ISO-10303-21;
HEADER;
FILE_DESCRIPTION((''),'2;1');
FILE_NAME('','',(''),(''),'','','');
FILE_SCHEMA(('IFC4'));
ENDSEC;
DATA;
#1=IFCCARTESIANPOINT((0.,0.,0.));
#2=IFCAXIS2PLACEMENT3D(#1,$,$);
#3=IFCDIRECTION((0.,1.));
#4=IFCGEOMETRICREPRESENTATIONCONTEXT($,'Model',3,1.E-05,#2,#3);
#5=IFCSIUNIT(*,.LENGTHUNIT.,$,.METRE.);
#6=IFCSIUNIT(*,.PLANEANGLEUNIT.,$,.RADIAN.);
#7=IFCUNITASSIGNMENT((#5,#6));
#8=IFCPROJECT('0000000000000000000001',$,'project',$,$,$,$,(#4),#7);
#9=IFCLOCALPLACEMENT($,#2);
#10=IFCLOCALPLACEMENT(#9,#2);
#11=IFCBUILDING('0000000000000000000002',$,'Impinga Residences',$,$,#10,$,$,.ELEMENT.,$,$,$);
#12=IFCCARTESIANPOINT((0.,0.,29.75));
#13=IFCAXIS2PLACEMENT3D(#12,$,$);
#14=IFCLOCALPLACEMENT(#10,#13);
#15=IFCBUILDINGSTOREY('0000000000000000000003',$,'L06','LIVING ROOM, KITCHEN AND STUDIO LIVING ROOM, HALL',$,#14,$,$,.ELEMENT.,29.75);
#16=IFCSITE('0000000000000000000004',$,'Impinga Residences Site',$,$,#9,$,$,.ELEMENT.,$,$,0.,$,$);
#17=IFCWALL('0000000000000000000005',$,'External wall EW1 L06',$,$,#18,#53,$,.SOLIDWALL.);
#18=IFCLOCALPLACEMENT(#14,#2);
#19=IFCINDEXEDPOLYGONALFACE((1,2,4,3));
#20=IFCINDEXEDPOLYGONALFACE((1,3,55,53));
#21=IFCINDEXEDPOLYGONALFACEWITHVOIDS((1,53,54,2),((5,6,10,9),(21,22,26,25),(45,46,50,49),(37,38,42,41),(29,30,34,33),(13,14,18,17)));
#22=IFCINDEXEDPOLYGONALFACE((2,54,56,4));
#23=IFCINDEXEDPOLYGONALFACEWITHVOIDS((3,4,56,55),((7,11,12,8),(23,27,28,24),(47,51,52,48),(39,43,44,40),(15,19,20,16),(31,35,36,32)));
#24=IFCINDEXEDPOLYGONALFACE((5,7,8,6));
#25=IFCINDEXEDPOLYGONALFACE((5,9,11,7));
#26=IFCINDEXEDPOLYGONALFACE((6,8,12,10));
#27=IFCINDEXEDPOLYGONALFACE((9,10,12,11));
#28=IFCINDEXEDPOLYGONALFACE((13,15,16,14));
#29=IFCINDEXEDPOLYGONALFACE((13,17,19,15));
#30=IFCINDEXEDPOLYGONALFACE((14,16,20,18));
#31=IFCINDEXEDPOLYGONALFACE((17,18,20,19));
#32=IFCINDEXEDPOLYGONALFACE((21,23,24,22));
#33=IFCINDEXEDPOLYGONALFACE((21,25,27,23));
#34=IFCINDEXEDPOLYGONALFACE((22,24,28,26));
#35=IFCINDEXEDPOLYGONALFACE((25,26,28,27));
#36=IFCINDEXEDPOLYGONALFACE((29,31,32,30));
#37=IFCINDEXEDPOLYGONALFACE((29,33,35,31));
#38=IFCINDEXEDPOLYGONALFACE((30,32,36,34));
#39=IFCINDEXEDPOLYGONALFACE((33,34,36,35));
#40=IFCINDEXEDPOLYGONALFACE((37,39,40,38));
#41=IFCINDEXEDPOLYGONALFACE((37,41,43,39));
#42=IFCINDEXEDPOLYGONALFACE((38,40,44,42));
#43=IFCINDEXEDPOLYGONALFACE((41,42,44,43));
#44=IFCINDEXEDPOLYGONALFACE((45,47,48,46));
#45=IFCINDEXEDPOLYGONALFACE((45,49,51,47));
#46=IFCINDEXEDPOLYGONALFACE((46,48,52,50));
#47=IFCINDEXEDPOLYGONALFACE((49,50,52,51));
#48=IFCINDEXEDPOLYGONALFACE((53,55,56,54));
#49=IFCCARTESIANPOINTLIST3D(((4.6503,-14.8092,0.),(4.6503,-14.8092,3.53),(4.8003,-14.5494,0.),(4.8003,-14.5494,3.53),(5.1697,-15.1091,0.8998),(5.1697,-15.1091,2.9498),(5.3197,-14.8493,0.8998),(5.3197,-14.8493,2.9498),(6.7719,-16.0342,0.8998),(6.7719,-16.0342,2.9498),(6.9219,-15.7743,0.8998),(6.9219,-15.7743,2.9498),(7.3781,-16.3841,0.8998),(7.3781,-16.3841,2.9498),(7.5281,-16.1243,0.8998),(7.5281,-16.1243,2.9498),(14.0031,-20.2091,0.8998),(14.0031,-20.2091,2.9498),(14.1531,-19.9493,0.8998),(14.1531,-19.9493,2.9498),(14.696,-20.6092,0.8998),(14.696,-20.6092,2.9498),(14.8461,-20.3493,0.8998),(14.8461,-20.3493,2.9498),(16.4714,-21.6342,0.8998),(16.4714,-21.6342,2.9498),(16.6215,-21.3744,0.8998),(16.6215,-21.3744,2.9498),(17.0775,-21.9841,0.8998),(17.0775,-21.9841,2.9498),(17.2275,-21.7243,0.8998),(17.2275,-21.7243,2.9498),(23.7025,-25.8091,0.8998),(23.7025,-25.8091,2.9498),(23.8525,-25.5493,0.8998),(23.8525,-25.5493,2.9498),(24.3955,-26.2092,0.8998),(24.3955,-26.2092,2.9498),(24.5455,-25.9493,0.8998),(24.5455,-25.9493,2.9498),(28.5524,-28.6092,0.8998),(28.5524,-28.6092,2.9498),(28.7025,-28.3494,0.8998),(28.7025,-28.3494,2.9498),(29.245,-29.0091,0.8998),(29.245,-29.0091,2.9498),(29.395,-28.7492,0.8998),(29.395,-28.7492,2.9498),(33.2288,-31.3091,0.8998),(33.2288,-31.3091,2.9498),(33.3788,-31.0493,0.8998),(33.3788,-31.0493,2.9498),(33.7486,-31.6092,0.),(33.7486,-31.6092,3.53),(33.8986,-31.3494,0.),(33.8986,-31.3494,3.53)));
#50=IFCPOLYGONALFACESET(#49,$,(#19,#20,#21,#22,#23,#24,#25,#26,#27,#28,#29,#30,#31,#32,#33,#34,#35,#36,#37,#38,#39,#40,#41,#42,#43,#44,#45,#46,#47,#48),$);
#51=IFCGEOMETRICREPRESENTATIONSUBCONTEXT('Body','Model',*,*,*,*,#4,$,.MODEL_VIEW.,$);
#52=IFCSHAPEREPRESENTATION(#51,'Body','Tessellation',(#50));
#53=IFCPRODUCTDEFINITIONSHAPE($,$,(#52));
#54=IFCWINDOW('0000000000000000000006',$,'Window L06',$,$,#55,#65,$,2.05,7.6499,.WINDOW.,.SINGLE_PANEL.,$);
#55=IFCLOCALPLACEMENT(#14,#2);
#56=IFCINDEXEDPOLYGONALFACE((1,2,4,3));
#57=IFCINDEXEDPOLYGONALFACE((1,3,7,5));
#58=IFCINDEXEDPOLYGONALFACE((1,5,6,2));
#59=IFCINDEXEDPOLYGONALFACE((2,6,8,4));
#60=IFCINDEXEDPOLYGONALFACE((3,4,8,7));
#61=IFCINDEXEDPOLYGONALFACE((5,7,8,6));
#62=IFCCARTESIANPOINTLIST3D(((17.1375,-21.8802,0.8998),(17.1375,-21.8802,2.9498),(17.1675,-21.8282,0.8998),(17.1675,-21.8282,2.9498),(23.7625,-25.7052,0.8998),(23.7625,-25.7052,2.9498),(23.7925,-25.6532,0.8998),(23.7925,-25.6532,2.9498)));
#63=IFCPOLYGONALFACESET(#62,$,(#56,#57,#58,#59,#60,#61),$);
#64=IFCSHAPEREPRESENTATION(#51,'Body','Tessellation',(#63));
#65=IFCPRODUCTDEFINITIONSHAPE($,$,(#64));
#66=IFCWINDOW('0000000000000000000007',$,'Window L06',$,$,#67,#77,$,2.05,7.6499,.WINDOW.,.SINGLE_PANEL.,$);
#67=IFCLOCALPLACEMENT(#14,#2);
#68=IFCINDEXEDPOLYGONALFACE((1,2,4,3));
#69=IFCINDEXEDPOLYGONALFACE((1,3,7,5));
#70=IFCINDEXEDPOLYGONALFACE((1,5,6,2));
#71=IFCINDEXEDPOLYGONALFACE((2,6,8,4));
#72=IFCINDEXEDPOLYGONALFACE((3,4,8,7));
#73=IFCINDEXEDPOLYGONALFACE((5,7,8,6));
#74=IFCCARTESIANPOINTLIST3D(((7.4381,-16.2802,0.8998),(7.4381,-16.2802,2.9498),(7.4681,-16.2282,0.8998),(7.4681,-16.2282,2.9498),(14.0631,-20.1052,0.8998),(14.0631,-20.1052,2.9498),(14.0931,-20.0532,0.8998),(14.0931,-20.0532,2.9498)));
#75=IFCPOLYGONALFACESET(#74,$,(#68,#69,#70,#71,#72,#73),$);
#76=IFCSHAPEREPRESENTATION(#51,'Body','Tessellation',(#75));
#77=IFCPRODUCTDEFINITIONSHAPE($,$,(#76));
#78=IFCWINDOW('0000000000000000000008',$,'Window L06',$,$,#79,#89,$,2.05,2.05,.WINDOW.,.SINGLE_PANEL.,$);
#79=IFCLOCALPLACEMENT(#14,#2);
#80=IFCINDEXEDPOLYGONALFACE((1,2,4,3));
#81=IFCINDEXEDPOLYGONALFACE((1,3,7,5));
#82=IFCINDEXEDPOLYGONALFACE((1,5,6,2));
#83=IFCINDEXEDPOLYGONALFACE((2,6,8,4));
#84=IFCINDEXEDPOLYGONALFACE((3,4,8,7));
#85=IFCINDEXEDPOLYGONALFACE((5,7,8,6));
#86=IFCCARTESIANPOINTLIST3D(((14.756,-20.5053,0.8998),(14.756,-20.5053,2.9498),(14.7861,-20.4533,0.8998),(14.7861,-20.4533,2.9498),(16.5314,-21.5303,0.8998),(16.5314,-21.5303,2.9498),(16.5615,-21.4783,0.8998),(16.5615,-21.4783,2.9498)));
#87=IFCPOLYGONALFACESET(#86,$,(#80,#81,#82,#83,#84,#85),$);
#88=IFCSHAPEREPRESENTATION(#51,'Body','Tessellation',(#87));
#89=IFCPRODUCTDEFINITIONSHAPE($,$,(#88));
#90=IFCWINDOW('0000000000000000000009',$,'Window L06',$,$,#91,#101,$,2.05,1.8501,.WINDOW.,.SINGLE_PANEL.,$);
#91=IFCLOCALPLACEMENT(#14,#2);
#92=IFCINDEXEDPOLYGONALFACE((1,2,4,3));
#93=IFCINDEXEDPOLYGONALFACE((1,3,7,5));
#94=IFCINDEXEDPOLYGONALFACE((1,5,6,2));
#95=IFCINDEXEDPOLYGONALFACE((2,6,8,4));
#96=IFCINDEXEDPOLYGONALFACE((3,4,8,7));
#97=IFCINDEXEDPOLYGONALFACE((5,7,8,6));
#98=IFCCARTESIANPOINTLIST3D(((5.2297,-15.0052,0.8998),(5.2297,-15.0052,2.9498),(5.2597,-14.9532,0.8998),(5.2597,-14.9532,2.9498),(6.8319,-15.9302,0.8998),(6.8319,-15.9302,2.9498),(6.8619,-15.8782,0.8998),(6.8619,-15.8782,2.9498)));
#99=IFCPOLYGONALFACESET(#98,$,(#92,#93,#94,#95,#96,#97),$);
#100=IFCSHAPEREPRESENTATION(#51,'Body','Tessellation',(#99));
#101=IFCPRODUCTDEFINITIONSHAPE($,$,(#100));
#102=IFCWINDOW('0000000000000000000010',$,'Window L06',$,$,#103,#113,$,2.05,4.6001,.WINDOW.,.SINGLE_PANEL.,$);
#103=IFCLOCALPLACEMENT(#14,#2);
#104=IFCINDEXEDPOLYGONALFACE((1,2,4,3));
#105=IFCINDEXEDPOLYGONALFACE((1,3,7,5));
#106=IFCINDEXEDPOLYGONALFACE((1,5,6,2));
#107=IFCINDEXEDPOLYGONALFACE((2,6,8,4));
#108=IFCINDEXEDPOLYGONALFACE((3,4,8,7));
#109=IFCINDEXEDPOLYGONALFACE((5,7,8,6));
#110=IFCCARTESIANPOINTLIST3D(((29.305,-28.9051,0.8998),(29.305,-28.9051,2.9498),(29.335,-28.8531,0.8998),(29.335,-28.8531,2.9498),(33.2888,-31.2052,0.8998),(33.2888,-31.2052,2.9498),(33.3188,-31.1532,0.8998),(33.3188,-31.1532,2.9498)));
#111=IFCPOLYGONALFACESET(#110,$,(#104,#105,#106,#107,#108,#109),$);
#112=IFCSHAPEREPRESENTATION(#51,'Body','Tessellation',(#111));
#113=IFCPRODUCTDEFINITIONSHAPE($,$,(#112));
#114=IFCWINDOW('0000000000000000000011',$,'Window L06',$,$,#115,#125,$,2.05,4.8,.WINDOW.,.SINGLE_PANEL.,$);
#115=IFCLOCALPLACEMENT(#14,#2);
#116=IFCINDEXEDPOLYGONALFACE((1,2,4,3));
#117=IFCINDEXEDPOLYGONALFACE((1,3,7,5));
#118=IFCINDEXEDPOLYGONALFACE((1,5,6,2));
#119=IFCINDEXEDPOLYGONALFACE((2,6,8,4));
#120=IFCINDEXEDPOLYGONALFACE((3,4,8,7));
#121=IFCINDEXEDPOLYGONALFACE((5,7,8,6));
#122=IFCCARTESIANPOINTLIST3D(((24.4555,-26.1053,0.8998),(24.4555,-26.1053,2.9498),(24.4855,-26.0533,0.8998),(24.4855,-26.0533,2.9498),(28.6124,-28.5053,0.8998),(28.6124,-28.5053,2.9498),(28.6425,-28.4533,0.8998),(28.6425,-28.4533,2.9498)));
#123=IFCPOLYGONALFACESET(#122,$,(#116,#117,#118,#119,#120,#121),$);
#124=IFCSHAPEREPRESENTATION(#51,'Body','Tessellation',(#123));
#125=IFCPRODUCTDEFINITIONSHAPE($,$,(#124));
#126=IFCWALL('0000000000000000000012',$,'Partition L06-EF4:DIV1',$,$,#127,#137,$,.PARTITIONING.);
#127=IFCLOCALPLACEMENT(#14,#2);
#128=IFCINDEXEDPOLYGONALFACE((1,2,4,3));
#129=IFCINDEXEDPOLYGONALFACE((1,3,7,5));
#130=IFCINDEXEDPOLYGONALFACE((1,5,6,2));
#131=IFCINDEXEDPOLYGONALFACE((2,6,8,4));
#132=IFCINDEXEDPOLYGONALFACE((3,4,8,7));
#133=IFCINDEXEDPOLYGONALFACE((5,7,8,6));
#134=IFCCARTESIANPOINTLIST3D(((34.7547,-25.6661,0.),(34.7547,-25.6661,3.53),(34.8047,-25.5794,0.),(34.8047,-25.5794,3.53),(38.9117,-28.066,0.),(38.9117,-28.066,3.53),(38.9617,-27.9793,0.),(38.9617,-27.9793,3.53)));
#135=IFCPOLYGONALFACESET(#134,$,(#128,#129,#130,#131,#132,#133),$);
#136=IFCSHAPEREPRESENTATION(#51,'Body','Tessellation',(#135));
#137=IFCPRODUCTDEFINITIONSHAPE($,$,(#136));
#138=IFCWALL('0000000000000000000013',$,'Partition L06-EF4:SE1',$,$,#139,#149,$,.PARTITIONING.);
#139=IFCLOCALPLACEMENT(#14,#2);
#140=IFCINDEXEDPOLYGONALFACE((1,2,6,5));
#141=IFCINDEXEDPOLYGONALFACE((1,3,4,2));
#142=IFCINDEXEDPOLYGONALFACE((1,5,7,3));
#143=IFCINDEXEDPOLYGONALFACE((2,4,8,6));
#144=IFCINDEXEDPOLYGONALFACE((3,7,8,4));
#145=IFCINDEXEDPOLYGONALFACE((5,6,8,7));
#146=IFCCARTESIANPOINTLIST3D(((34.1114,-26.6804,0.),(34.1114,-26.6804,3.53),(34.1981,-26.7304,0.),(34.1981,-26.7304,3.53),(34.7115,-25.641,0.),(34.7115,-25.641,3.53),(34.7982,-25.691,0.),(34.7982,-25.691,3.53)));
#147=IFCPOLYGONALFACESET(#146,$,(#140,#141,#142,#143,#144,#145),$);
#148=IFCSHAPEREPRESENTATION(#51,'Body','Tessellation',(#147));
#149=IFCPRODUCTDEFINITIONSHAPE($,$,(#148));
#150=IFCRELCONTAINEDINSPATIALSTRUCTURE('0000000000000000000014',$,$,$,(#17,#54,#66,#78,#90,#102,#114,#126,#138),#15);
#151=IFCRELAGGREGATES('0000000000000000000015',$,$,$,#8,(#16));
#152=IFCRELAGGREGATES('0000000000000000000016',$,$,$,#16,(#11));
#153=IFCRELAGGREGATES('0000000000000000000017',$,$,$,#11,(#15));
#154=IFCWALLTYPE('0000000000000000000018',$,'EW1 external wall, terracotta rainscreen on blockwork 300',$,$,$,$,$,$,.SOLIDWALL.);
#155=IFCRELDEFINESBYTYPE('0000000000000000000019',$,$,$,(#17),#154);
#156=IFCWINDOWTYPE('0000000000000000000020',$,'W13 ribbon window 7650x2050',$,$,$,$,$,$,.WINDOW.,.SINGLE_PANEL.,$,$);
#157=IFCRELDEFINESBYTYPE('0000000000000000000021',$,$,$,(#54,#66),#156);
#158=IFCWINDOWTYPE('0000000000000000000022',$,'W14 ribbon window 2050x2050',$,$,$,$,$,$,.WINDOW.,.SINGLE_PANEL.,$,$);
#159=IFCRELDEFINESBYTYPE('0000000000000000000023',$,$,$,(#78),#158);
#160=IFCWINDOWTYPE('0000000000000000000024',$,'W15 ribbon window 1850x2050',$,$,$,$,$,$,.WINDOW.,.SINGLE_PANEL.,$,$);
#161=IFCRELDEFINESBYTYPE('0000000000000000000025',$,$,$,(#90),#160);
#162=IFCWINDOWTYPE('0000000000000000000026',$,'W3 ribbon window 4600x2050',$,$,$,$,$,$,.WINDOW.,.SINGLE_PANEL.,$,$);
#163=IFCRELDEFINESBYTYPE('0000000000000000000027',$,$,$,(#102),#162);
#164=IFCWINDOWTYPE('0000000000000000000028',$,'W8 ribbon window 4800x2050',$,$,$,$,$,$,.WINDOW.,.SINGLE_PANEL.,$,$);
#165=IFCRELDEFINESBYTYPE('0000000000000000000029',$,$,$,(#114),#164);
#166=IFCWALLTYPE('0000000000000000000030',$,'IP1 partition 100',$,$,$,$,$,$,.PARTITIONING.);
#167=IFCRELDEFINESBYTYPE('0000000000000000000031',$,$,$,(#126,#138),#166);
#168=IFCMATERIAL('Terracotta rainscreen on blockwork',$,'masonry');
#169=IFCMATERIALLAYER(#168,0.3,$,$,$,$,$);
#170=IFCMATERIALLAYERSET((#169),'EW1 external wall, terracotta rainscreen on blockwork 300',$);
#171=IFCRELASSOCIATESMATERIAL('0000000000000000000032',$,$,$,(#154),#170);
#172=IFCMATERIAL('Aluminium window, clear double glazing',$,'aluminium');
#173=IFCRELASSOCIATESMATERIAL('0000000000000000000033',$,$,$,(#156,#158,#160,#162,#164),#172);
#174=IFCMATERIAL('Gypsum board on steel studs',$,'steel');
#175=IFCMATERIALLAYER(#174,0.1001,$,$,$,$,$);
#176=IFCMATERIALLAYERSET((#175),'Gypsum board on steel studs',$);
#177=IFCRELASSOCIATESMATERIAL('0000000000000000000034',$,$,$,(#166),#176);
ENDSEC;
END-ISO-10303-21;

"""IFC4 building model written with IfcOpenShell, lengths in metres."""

from ifc_helpers import new_model, si_unit, direction, frame, frame_2d, origin, place, context, subcontext, project, spatial, rectangle, extrude, material, layer, layer_set, type_object, element, fill, save


model = new_model("IFC4")

# Units and contexts
model_context = context("Model", 3, precision=1e-05, world=origin(), true_north=direction((0.0, 1.0)))
body_context = subcontext(model_context, "Body", "Model", "MODEL_VIEW")
ifc_project = project(units=[si_unit("LENGTHUNIT", "METRE"), si_unit("PLANEANGLEUNIT", "RADIAN")], contexts=[model_context])

# Site, building, storey
site_placement = place(None, origin())
site = spatial("IfcSite", under=ifc_project, at=site_placement, Name="Impinga Residences Site", CompositionType="ELEMENT", RefElevation=0.0)
building_placement = place(site_placement, origin())
building = spatial("IfcBuilding", under=site, at=building_placement, Name="Impinga Residences", CompositionType="ELEMENT")
storey_placement = place(building_placement, frame((0.0, 0.0, 29.75)))
storey = spatial("IfcBuildingStorey", under=building, at=storey_placement, Name="L06", Description="LIVING ROOM, KITCHEN AND STUDIO LIVING ROOM, HALL", CompositionType="ELEMENT", Elevation=29.75)

# Shared definitions
ifc_material_1 = material(Name="Terracotta rainscreen on blockwork", Category="masonry")
ifc_layer_1 = layer(ifc_material_1, 0.3)
ifc_layer_set_1 = layer_set([ifc_layer_1], Name="EW1 external wall, terracotta rainscreen on blockwork 300")
wall_type_1 = type_object("IfcWallType", Name="EW1 external wall, terracotta rainscreen on blockwork 300", PredefinedType="SOLIDWALL", material=ifc_layer_set_1)

# Wall, openings, windows
wall_1_placement = place(storey_placement, frame((33.8235, -31.4792, 0.0), z_axis=(0.0, 0.0, 1.0), x_axis=(-0.866024, 0.500002, 0.0)))
wall_1 = element("IfcWall", 1, at=wall_1_placement, inside=storey, type_object=wall_type_1, Name="External wall EW1 L06", PredefinedType="SOLIDWALL", context=body_context, shape_type="SweptSolid", body=[
    extrude(rectangle(XDim=33.5999, YDim=0.3, at=frame_2d((16.7998, 0.0))), origin(), (0.0, 0.0, 1.0), 3.53),
])
opening_1_placement = place(wall_1_placement, frame((0.6001, 0.0, 0.8999)))
opening_1 = element("IfcOpeningElement", 2, at=opening_1_placement, cuts=wall_1, PredefinedType="OPENING", context=body_context, shape_type="SweptSolid", body=[
    extrude(rectangle(XDim=4.6001, YDim=2.05, at=frame_2d((2.3, 1.0249))), frame((0.0, 0.1599, 0.0), z_axis=(0.0, -1.0, 0.0), x_axis=(1.0, 0.0, 0.0)), (0.0, 0.0, 1.0), 0.3201),
])
opening_2_placement = place(wall_1_placement, frame((6.0, 0.0, 0.8999)))
opening_2 = element("IfcOpeningElement", 3, at=opening_2_placement, cuts=wall_1, PredefinedType="OPENING", context=body_context, shape_type="SweptSolid", body=[
    extrude(rectangle(XDim=4.8, YDim=2.05, at=frame_2d((2.3999, 1.0249))), frame((0.0, 0.1599, 0.0), z_axis=(0.0, -1.0, 0.0), x_axis=(1.0, 0.0, 0.0)), (0.0, 0.0, 1.0), 0.3201),
])
opening_3_placement = place(wall_1_placement, frame((11.6001, 0.0, 0.8999)))
opening_3 = element("IfcOpeningElement", 4, at=opening_3_placement, cuts=wall_1, PredefinedType="OPENING", context=body_context, shape_type="SweptSolid", body=[
    extrude(rectangle(XDim=7.6499, YDim=2.05, at=frame_2d((3.825, 1.0249))), frame((0.0, 0.1599, 0.0), z_axis=(0.0, -1.0, 0.0), x_axis=(1.0, 0.0, 0.0)), (0.0, 0.0, 1.0), 0.3201),
])
opening_4_placement = place(wall_1_placement, frame((19.95, 0.0, 0.8999)))
opening_4 = element("IfcOpeningElement", 5, at=opening_4_placement, cuts=wall_1, PredefinedType="OPENING", context=body_context, shape_type="SweptSolid", body=[
    extrude(rectangle(XDim=2.05, YDim=2.05, at=frame_2d((1.0249, 1.0249))), frame((0.0, 0.1599, 0.0), z_axis=(0.0, -1.0, 0.0), x_axis=(1.0, 0.0, 0.0)), (0.0, 0.0, 1.0), 0.3201),
])
opening_5_placement = place(wall_1_placement, frame((22.8, 0.0, 0.8999)))
opening_5 = element("IfcOpeningElement", 6, at=opening_5_placement, cuts=wall_1, PredefinedType="OPENING", context=body_context, shape_type="SweptSolid", body=[
    extrude(rectangle(XDim=7.6499, YDim=2.05, at=frame_2d((3.825, 1.0249))), frame((0.0, 0.1599, 0.0), z_axis=(0.0, -1.0, 0.0), x_axis=(1.0, 0.0, 0.0)), (0.0, 0.0, 1.0), 0.3201),
])
opening_6_placement = place(wall_1_placement, frame((31.1499, 0.0, 0.8999)))
opening_6 = element("IfcOpeningElement", 7, at=opening_6_placement, cuts=wall_1, PredefinedType="OPENING", context=body_context, shape_type="SweptSolid", body=[
    extrude(rectangle(XDim=1.8501, YDim=2.05, at=frame_2d((0.925, 1.0249))), frame((0.0, 0.1599, 0.0), z_axis=(0.0, -1.0, 0.0), x_axis=(1.0, 0.0, 0.0)), (0.0, 0.0, 1.0), 0.3201),
])
ifc_material_2 = material(Name="Aluminium window, clear double glazing", Category="aluminium")
window_type_1 = type_object("IfcWindowType", Name="W13 ribbon window 7650x2050", PartitioningType="SINGLE_PANEL", PredefinedType="WINDOW", material=ifc_material_2)
window_1_placement = place(opening_3_placement, origin())
window_1 = element("IfcWindow", 8, at=window_1_placement, inside=storey, type_object=window_type_1, Name="Window L06", OverallHeight=2.05, OverallWidth=7.6499, PartitioningType="SINGLE_PANEL", PredefinedType="WINDOW", context=body_context, shape_type="SweptSolid", body=[
    extrude(rectangle(XDim=7.6499, YDim=2.05, at=frame_2d((3.825, 1.0249))), frame((0.0, 0.03, 0.0), z_axis=(0.0, -1.0, 0.0), x_axis=(1.0, 0.0, 0.0)), (0.0, 0.0, 1.0), 0.0601),
])
fill(opening_3, window_1)
window_2_placement = place(opening_5_placement, origin())
window_2 = element("IfcWindow", 9, at=window_2_placement, inside=storey, type_object=window_type_1, Name="Window L06", OverallHeight=2.05, OverallWidth=7.6499, PartitioningType="SINGLE_PANEL", PredefinedType="WINDOW", context=body_context, shape_type="SweptSolid", body=[
    extrude(rectangle(XDim=7.6499, YDim=2.05, at=frame_2d((3.825, 1.0249))), frame((0.0, 0.03, 0.0), z_axis=(0.0, -1.0, 0.0), x_axis=(1.0, 0.0, 0.0)), (0.0, 0.0, 1.0), 0.0601),
])
fill(opening_5, window_2)
window_type_2 = type_object("IfcWindowType", Name="W14 ribbon window 2050x2050", PartitioningType="SINGLE_PANEL", PredefinedType="WINDOW", material=ifc_material_2)
window_3_placement = place(opening_4_placement, origin())
window_3 = element("IfcWindow", 10, at=window_3_placement, inside=storey, type_object=window_type_2, Name="Window L06", OverallHeight=2.05, OverallWidth=2.05, PartitioningType="SINGLE_PANEL", PredefinedType="WINDOW", context=body_context, shape_type="SweptSolid", body=[
    extrude(rectangle(XDim=2.05, YDim=2.05, at=frame_2d((1.0249, 1.0249))), frame((0.0, 0.03, 0.0), z_axis=(0.0, -1.0, 0.0), x_axis=(1.0, 0.0, 0.0)), (0.0, 0.0, 1.0), 0.0601),
])
fill(opening_4, window_3)
window_type_3 = type_object("IfcWindowType", Name="W15 ribbon window 1850x2050", PartitioningType="SINGLE_PANEL", PredefinedType="WINDOW", material=ifc_material_2)
window_4_placement = place(opening_6_placement, origin())
window_4 = element("IfcWindow", 11, at=window_4_placement, inside=storey, type_object=window_type_3, Name="Window L06", OverallHeight=2.05, OverallWidth=1.8501, PartitioningType="SINGLE_PANEL", PredefinedType="WINDOW", context=body_context, shape_type="SweptSolid", body=[
    extrude(rectangle(XDim=1.8501, YDim=2.05, at=frame_2d((0.925, 1.0249))), frame((0.0, 0.03, 0.0), z_axis=(0.0, -1.0, 0.0), x_axis=(1.0, 0.0, 0.0)), (0.0, 0.0, 1.0), 0.0601),
])
fill(opening_6, window_4)
window_type_4 = type_object("IfcWindowType", Name="W3 ribbon window 4600x2050", PartitioningType="SINGLE_PANEL", PredefinedType="WINDOW", material=ifc_material_2)
window_5_placement = place(opening_1_placement, origin())
window_5 = element("IfcWindow", 12, at=window_5_placement, inside=storey, type_object=window_type_4, Name="Window L06", OverallHeight=2.05, OverallWidth=4.6001, PartitioningType="SINGLE_PANEL", PredefinedType="WINDOW", context=body_context, shape_type="SweptSolid", body=[
    extrude(rectangle(XDim=4.6001, YDim=2.05, at=frame_2d((2.3, 1.0249))), frame((0.0, 0.03, 0.0), z_axis=(0.0, -1.0, 0.0), x_axis=(1.0, 0.0, 0.0)), (0.0, 0.0, 1.0), 0.0601),
])
fill(opening_1, window_5)
window_type_5 = type_object("IfcWindowType", Name="W8 ribbon window 4800x2050", PartitioningType="SINGLE_PANEL", PredefinedType="WINDOW", material=ifc_material_2)
window_6_placement = place(opening_2_placement, origin())
window_6 = element("IfcWindow", 13, at=window_6_placement, inside=storey, type_object=window_type_5, Name="Window L06", OverallHeight=2.05, OverallWidth=4.8, PartitioningType="SINGLE_PANEL", PredefinedType="WINDOW", context=body_context, shape_type="SweptSolid", body=[
    extrude(rectangle(XDim=4.8, YDim=2.05, at=frame_2d((2.3999, 1.0249))), frame((0.0, 0.03, 0.0), z_axis=(0.0, -1.0, 0.0), x_axis=(1.0, 0.0, 0.0)), (0.0, 0.0, 1.0), 0.0601),
])
fill(opening_2, window_6)

# Walls
ifc_material_3 = material(Name="Gypsum board on steel studs", Category="steel")
ifc_layer_2 = layer(ifc_material_3, 0.1001)
ifc_layer_set_2 = layer_set([ifc_layer_2], Name="Gypsum board on steel studs")
wall_type_2 = type_object("IfcWallType", Name="IP1 partition 100", PredefinedType="PARTITIONING", material=ifc_layer_set_2)
wall_2_placement = place(storey_placement, frame((34.7798, -25.6228, 0.0), z_axis=(0.0, 0.0, 1.0), x_axis=(0.866037, -0.499979, 0.0)))
element("IfcWall", 14, at=wall_2_placement, inside=storey, type_object=wall_type_2, Name="Partition L06-EF4:DIV1", PredefinedType="PARTITIONING", context=body_context, shape_type="SweptSolid", body=[
    extrude(rectangle(XDim=4.8, YDim=0.1001, at=frame_2d((2.3999, 0.0))), origin(), (0.0, 0.0, 1.0), 3.53),
])
wall_3_placement = place(storey_placement, frame((34.7549, -25.666, 0.0), z_axis=(0.0, 0.0, 1.0), x_axis=(-0.500034, -0.866006, 0.0)))
element("IfcWall", 15, at=wall_3_placement, inside=storey, type_object=wall_type_2, Name="Partition L06-EF4:SE1", PredefinedType="PARTITIONING", context=body_context, shape_type="SweptSolid", body=[
    extrude(rectangle(XDim=1.2002, YDim=0.1001, at=frame_2d((0.6001, 0.0))), origin(), (0.0, 0.0, 1.0), 3.53),
])

save(model, "model.ifc")
